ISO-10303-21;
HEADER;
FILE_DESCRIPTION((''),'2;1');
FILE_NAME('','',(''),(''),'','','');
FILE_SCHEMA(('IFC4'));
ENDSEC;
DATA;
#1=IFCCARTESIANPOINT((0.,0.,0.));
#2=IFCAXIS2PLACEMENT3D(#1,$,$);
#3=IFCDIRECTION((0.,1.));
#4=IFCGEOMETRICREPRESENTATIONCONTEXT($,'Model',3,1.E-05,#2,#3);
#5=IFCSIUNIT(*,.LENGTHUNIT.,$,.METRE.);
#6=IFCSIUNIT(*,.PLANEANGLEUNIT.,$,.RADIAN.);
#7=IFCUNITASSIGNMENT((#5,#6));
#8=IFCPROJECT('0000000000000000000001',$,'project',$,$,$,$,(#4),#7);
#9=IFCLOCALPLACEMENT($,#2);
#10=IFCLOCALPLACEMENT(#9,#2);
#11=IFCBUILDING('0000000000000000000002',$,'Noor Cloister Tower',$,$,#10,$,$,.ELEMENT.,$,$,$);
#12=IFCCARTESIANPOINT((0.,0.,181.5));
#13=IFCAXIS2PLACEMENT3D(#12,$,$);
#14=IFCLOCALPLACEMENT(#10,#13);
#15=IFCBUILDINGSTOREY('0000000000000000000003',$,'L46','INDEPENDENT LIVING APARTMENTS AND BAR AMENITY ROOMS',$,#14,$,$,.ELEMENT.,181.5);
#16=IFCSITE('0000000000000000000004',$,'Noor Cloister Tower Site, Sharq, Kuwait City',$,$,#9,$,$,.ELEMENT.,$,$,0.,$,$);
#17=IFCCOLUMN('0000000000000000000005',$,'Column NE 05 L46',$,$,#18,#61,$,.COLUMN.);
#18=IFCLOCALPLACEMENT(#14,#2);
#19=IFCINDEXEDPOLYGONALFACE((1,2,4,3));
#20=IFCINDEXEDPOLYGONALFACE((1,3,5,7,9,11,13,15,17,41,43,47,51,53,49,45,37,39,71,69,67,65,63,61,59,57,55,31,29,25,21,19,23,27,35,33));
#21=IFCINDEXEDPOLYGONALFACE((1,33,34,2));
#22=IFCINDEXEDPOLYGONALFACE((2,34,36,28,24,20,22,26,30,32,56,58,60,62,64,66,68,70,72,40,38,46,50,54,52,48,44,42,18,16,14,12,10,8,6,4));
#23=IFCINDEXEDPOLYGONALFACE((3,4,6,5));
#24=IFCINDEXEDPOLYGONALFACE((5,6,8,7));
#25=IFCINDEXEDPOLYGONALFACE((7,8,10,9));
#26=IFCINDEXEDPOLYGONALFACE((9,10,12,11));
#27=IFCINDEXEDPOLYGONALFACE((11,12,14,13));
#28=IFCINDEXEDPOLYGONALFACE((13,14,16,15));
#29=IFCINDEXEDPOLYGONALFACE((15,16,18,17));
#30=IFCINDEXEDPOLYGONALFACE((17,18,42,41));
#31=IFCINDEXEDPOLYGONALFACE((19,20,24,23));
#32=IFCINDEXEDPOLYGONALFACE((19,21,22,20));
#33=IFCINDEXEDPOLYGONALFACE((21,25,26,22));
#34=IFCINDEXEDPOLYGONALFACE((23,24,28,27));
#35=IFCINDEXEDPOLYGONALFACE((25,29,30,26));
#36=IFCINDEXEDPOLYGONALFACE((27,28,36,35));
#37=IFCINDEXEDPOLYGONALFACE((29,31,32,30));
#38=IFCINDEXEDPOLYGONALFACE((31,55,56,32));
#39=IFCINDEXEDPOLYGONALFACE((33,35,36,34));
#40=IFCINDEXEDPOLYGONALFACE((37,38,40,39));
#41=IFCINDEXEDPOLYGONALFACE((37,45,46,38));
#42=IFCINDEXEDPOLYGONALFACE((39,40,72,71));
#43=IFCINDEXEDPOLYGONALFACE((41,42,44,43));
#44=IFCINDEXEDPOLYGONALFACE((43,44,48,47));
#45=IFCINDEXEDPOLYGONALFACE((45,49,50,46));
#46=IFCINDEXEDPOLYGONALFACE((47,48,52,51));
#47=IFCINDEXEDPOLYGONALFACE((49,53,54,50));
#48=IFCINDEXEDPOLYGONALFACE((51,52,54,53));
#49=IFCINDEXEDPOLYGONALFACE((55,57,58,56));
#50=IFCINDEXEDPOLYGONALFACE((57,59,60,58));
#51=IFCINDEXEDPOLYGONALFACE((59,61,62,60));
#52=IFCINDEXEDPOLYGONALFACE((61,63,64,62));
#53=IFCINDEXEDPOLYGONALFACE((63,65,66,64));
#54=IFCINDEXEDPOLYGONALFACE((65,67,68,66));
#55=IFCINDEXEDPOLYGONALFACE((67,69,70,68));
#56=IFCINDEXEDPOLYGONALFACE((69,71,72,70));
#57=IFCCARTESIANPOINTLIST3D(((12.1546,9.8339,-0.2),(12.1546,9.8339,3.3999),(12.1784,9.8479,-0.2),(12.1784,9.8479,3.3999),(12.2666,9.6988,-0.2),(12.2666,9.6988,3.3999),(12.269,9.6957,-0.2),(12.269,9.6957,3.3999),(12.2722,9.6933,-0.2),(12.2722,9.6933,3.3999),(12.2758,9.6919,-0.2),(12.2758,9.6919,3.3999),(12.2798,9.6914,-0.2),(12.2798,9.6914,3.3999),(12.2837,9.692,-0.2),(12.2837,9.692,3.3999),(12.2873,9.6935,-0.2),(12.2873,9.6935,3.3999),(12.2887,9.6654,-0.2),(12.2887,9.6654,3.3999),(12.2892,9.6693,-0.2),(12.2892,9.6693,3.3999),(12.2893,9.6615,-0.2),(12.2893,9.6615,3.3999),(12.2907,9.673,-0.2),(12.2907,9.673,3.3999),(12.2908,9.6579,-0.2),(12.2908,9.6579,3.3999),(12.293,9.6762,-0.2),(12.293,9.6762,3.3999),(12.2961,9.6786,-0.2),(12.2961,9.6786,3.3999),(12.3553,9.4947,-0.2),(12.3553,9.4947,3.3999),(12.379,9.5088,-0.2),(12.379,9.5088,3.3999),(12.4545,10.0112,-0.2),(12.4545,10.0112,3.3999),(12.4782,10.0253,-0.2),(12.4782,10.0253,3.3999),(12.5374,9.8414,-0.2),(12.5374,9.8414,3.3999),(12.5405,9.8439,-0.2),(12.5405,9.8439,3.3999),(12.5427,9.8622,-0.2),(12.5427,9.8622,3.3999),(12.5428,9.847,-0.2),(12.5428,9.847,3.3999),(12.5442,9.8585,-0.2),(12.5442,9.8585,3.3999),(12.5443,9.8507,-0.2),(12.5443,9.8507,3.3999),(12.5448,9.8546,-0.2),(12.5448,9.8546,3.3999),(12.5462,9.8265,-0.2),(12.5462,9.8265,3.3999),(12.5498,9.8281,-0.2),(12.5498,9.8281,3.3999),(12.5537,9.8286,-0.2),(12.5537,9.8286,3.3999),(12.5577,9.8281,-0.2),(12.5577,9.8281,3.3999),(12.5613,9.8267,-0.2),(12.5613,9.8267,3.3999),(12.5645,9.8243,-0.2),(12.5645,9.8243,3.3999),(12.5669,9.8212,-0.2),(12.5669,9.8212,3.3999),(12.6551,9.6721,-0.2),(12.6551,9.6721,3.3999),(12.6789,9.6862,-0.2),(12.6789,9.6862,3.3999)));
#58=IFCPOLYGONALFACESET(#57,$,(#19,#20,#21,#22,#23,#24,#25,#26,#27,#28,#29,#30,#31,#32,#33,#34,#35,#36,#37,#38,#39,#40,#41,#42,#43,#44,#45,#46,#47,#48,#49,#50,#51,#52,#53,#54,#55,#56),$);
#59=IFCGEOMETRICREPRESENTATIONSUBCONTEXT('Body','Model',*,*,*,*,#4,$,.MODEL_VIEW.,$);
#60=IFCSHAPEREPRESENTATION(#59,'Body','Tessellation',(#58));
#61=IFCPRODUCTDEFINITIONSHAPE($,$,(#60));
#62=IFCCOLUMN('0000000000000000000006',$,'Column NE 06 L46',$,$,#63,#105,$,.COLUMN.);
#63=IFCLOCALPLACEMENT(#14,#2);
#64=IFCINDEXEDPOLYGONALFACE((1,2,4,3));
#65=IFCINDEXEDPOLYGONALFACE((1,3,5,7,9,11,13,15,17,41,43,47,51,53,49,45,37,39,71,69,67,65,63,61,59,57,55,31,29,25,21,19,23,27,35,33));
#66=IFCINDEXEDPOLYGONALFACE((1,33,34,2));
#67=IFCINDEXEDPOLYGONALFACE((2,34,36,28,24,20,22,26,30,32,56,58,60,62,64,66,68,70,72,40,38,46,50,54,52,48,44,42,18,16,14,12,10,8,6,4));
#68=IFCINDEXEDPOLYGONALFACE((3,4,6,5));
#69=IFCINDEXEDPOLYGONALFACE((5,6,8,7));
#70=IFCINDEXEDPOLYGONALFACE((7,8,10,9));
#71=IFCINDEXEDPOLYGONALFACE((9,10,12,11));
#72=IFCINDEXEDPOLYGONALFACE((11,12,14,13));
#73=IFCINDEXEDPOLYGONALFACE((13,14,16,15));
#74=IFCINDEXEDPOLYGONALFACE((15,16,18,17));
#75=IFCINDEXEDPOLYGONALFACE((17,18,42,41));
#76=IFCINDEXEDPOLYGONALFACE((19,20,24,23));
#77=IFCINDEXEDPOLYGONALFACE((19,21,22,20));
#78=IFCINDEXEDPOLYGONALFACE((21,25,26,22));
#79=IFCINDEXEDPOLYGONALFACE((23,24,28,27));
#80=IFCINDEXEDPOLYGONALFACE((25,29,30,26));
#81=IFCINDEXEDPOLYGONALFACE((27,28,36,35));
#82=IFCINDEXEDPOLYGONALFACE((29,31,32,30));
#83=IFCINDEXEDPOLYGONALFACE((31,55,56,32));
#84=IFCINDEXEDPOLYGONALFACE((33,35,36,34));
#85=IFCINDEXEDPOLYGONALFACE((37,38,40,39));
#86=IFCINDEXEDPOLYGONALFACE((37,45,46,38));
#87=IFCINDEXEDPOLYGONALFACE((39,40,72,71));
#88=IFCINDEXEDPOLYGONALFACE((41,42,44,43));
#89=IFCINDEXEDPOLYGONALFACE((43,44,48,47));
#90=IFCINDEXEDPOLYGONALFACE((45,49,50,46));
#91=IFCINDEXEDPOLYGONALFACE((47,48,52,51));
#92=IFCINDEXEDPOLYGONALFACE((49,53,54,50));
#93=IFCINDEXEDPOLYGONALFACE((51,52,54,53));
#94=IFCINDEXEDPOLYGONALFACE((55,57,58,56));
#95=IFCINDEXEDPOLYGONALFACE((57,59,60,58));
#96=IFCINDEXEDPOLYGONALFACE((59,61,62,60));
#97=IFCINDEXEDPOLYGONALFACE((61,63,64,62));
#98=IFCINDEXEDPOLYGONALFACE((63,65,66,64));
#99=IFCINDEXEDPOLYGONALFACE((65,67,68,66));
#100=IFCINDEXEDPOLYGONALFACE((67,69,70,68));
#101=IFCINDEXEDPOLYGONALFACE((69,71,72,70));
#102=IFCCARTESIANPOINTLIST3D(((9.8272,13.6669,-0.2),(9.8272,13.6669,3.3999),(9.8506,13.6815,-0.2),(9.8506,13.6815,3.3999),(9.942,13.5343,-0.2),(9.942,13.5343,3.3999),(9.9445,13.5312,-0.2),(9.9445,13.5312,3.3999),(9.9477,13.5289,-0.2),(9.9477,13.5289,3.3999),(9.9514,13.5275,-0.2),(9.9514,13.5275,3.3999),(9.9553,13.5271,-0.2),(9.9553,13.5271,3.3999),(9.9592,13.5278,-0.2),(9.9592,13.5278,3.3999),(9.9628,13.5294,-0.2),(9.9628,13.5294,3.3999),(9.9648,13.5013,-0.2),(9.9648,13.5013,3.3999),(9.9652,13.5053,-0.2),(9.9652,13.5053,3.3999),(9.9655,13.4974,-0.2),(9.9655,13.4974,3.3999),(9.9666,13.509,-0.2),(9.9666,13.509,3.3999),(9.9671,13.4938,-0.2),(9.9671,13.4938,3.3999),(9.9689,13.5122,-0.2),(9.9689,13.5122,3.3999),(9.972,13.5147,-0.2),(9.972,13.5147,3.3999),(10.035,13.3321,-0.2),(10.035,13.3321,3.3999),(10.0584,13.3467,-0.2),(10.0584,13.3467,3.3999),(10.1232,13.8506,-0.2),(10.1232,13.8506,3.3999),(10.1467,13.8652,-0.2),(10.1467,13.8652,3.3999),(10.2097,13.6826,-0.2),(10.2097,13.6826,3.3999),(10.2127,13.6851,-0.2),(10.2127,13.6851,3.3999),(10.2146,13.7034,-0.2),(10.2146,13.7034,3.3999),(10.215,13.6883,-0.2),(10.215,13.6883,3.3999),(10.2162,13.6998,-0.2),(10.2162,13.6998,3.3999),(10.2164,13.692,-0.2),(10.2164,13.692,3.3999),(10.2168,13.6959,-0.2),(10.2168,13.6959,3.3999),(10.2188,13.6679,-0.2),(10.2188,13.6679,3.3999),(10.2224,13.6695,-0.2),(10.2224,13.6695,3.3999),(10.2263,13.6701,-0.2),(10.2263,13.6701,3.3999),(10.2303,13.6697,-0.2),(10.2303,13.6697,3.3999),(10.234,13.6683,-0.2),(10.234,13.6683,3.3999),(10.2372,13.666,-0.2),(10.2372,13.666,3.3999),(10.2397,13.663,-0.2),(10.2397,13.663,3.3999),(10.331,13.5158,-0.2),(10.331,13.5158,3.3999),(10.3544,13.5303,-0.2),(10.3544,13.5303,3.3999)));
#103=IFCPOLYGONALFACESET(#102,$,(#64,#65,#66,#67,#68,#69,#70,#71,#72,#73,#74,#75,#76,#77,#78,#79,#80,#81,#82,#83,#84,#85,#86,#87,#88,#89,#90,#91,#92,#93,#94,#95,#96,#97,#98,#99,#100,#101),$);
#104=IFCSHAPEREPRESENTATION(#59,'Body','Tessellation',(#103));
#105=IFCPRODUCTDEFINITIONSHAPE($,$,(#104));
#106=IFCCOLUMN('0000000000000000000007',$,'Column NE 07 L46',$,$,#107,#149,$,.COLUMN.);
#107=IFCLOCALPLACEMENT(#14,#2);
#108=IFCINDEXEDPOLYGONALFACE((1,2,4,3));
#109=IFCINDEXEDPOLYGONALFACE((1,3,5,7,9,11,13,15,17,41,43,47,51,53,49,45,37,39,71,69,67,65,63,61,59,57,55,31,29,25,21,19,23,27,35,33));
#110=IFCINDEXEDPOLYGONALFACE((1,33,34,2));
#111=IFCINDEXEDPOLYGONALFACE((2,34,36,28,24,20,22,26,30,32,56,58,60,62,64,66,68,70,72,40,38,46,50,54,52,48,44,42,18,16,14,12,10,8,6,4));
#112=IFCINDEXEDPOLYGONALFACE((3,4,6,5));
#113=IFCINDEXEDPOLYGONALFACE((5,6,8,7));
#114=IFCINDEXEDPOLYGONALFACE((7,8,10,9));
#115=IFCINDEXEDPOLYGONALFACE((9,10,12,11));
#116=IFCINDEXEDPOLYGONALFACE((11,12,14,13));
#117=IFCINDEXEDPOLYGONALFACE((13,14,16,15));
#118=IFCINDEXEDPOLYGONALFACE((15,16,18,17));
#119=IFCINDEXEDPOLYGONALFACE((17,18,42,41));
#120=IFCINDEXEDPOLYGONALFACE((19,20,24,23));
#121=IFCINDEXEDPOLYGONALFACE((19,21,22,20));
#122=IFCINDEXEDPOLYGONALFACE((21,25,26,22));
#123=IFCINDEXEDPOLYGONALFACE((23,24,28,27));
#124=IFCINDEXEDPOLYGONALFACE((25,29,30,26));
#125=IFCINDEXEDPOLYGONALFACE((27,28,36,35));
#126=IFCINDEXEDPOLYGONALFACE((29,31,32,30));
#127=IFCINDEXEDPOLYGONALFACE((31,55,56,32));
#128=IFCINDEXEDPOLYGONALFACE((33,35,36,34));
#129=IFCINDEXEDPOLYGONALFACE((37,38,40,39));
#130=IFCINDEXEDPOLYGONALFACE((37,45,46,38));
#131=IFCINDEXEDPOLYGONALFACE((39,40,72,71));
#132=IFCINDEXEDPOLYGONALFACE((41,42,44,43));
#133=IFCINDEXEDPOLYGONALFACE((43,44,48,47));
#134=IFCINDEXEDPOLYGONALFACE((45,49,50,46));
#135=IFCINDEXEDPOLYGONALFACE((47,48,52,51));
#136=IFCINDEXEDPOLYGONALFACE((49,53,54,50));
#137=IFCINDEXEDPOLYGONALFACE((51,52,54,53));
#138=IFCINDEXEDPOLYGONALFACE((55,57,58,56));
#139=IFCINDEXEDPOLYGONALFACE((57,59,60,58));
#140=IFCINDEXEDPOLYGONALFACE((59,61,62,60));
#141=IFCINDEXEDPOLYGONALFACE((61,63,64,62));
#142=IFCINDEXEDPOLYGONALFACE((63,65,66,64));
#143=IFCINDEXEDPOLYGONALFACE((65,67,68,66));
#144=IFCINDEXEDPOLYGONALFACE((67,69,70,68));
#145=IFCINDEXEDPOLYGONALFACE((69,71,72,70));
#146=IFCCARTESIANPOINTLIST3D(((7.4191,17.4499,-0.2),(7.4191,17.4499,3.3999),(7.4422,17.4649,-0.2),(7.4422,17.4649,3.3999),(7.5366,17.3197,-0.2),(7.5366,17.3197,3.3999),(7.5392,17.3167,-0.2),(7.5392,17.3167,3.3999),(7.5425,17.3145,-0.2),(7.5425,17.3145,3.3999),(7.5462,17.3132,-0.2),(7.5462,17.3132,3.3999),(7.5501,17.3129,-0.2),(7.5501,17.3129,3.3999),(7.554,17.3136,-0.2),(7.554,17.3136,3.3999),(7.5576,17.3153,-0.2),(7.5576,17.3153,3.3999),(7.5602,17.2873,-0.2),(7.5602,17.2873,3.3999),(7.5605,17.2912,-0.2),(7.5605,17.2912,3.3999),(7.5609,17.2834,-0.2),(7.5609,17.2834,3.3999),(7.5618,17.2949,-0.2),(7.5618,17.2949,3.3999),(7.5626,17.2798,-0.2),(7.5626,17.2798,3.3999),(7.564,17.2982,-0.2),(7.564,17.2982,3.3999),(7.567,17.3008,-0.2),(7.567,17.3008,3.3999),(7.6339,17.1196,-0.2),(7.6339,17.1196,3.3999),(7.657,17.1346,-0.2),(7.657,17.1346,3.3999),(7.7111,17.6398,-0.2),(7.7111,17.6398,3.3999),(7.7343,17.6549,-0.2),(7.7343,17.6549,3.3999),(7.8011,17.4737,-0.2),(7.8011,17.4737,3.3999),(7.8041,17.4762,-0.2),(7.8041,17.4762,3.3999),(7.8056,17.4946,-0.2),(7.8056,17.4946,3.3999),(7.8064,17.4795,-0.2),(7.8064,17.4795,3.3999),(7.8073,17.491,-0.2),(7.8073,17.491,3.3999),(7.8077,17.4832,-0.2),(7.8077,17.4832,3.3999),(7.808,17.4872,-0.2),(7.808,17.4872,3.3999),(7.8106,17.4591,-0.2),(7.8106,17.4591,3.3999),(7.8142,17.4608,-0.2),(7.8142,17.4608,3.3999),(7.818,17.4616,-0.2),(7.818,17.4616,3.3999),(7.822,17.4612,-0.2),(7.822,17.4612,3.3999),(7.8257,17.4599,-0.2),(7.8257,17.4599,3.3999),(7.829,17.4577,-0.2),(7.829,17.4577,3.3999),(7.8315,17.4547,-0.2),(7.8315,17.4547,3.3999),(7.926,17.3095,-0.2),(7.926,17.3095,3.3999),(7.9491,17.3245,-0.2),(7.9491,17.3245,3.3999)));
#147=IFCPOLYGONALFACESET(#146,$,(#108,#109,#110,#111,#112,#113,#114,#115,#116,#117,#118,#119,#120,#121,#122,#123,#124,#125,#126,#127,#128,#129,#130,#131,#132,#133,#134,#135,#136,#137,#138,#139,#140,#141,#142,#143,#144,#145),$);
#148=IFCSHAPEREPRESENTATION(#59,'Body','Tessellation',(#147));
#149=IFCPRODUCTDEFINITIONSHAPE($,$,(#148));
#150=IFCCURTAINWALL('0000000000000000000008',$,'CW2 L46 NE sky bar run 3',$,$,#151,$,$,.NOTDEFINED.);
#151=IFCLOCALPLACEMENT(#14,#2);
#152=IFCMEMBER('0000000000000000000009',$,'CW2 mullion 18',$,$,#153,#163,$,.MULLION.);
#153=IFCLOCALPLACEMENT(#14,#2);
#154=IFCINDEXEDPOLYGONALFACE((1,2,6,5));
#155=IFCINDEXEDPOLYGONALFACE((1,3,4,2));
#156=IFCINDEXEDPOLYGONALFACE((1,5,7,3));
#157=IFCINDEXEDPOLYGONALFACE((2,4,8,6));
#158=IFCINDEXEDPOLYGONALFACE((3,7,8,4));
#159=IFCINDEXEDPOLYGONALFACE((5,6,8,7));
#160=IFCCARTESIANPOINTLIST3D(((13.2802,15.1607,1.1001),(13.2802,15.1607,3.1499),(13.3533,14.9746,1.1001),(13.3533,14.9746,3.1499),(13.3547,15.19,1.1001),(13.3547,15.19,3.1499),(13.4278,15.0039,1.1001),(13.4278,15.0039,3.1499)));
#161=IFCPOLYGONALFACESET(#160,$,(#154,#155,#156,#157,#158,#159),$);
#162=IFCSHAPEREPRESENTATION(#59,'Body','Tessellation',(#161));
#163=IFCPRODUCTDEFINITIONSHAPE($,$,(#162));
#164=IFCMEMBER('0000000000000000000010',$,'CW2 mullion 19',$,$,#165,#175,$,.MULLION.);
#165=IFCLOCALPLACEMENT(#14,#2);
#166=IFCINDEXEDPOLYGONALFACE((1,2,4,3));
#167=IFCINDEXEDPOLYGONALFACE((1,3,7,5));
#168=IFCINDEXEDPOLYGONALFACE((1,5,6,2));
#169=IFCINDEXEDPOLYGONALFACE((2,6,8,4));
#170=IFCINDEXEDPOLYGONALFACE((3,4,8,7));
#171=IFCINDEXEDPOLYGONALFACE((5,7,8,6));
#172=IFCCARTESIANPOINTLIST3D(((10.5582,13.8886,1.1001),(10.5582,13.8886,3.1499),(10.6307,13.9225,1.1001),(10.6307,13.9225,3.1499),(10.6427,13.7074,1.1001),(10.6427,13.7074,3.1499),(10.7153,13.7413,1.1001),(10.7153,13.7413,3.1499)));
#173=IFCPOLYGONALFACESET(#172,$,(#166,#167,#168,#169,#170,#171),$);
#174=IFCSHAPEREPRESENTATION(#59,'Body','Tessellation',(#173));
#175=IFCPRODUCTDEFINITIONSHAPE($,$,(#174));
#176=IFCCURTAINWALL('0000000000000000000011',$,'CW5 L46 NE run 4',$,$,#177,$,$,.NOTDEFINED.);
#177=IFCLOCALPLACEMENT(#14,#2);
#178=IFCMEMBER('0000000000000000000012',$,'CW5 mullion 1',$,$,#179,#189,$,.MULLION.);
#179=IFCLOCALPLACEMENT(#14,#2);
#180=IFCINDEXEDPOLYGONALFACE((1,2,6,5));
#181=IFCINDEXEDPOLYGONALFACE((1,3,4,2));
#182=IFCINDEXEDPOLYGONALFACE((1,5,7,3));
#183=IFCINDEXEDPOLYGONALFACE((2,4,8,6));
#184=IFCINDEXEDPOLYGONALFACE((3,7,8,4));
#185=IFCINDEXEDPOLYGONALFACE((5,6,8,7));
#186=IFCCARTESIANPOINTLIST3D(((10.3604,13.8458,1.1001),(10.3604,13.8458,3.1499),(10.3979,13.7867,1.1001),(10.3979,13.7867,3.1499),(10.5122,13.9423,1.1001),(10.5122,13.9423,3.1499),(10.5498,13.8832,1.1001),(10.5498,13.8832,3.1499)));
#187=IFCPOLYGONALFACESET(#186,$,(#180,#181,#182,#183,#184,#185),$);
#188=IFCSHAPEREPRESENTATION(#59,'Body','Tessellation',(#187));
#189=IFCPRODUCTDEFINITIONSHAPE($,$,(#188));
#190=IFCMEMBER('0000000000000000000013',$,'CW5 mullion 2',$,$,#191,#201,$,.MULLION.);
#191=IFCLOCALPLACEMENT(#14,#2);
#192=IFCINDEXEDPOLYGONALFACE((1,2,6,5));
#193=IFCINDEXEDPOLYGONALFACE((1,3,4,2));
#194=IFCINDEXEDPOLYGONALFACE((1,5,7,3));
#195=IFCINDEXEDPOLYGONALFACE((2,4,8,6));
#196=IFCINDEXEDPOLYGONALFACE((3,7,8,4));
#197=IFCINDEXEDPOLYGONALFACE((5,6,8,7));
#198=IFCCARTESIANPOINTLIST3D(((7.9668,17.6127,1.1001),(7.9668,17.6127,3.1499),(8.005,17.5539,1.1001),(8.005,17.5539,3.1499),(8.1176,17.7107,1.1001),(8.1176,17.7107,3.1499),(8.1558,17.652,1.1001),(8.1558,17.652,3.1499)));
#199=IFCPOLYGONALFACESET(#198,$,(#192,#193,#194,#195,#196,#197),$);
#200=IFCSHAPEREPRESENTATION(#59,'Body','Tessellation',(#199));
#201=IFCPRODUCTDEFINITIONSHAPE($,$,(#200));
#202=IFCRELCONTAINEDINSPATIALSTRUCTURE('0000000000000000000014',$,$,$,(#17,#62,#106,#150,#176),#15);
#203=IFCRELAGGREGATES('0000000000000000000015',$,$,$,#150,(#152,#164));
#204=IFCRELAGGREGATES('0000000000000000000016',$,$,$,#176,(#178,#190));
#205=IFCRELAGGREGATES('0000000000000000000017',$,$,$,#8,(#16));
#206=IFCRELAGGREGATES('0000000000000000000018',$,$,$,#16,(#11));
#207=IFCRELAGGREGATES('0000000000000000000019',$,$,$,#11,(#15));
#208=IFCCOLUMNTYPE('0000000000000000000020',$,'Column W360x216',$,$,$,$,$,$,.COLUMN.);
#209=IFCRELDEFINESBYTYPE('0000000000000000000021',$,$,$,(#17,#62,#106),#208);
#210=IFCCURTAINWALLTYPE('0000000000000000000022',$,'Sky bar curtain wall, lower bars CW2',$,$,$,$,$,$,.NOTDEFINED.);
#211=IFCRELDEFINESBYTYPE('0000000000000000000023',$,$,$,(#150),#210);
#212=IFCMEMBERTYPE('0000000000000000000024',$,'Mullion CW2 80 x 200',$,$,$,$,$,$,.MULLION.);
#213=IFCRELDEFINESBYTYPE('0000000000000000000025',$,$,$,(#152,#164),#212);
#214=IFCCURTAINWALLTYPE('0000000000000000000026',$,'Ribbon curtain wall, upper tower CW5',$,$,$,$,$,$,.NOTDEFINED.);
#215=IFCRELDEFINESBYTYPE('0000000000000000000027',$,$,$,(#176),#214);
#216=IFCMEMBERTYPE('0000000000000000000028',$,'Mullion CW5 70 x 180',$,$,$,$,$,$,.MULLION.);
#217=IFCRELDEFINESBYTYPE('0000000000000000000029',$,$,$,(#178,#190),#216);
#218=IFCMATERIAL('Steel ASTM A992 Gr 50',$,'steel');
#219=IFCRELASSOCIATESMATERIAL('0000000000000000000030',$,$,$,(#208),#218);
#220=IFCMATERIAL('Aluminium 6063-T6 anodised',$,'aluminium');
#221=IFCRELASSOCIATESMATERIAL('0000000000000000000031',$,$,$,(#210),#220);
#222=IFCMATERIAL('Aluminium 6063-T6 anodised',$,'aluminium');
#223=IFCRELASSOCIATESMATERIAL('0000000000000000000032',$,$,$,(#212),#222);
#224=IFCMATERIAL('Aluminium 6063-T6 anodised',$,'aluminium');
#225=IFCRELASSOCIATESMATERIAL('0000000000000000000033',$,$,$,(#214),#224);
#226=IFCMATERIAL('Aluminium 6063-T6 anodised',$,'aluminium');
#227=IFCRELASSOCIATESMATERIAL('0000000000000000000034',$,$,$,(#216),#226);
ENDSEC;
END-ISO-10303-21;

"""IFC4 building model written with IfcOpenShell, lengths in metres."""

from ifc_helpers import new_model, si_unit, direction, frame, origin, origin_2d, place, context, subcontext, project, spatial, rectangle, i_section, extrude, material, material_profile, profile_set, type_object, element, aggregate, save


model = new_model("IFC4")

# Units and contexts
model_context = context("Model", 3, precision=1e-05, world=origin(), true_north=direction((0.0, 1.0)))
body_context = subcontext(model_context, "Body", "Model", "MODEL_VIEW")
ifc_project = project(units=[si_unit("LENGTHUNIT", "METRE"), si_unit("PLANEANGLEUNIT", "RADIAN")], contexts=[model_context])

# Site, building, storey
site_placement = place(None, origin())
site = spatial("IfcSite", under=ifc_project, at=site_placement, Name="Noor Cloister Tower Site, Sharq, Kuwait City", CompositionType="ELEMENT", RefElevation=0.0)
building_placement = place(site_placement, origin())
building = spatial("IfcBuilding", under=site, at=building_placement, Name="Noor Cloister Tower", CompositionType="ELEMENT")
storey_placement = place(building_placement, frame((0.0, 0.0, 181.5)))
storey = spatial("IfcBuildingStorey", under=building, at=storey_placement, Name="L46", Description="INDEPENDENT LIVING APARTMENTS AND BAR AMENITY ROOMS", CompositionType="ELEMENT", Elevation=181.5)

# Columns
ifc_material_1 = material(Name="Steel ASTM A992 Gr 50", Category="steel")
ifc_material_profile_1 = material_profile(ifc_material_1, i_section(OverallWidth=0.394, OverallDepth=0.376, WebThickness=0.0173, FlangeThickness=0.0276, FilletRadius=0.0151, at=origin_2d()), Name="W360x216")
ifc_profile_set_1 = profile_set([ifc_material_profile_1], Name="Steel ASTM A992 Gr 50")
column_type = type_object("IfcColumnType", Name="Column W360x216", PredefinedType="COLUMN", material=ifc_profile_set_1)
for number, where, z_axis, x_axis, name in (
    (1, (12.4167, 9.76, -0.2), (0.0, 0.0, 1.0), (-0.509144, 0.860682, 0.0), "Column NE 05 L46"),
    (2, (10.0908, 13.5986, -0.2), (0.0, 0.0, 1.0), (-0.527259, 0.849705, 0.0), "Column NE 06 L46"),
    (3, (7.6841, 17.3872, -0.2), (0.0, 0.0, 1.0), (-0.545137, 0.838347, 0.0), "Column NE 07 L46"),
):
    element("IfcColumn", number, at=place(storey_placement, frame(where, z_axis=z_axis, x_axis=x_axis)), inside=storey, type_object=column_type, Name=name, PredefinedType="COLUMN", context=body_context, shape_type="SweptSolid", body=[
        extrude(i_section(OverallWidth=0.394, OverallDepth=0.376, WebThickness=0.0173, FlangeThickness=0.0276, FilletRadius=0.0151, at=origin_2d()), origin(), (0.0, 0.0, 1.0), 3.5999),
    ])

# Curtain walls, members
ifc_material_2 = material(Name="Aluminium 6063-T6 anodised", Category="aluminium")
curtain_wall_type_1 = type_object("IfcCurtainWallType", Name="Sky bar curtain wall, lower bars CW2", PredefinedType="NOTDEFINED", material=ifc_material_2)
curtain_wall_1_placement = place(storey_placement, origin())
curtain_wall_1 = element("IfcCurtainWall", 4, at=curtain_wall_1_placement, inside=storey, type_object=curtain_wall_type_1, Name="CW2 L46 NE sky bar run 3", PredefinedType="NOTDEFINED")
ifc_material_3 = material(Name="Aluminium 6063-T6 anodised", Category="aluminium")
ifc_material_profile_2 = material_profile(ifc_material_3, rectangle(XDim=0.2, YDim=0.0801, at=origin_2d()), Name="200 x 80 mullion")
ifc_profile_set_2 = profile_set([ifc_material_profile_2], Name="Aluminium 6063-T6 anodised")
member_type_1 = type_object("IfcMemberType", Name="Mullion CW2 80 x 200", PredefinedType="MULLION", material=ifc_profile_set_2)
member_1_placement = place(storey_placement, frame((13.354, 15.0823, 1.1001), z_axis=(0.0, 0.0, 1.0), x_axis=(0.365533, -0.930798, 0.0)))
member_1 = element("IfcMember", 5, at=member_1_placement, type_object=member_type_1, Name="CW2 mullion 18", PredefinedType="MULLION", context=body_context, shape_type="SweptSolid", body=[
    extrude(rectangle(XDim=0.2, YDim=0.0801, at=origin_2d()), origin(), (0.0, 0.0, 1.0), 2.0498),
])
member_2_placement = place(storey_placement, frame((10.6367, 13.8149, 1.1001), z_axis=(0.0, 0.0, 1.0), x_axis=(0.42267, -0.906284, 0.0)))
member_2 = element("IfcMember", 6, at=member_2_placement, type_object=member_type_1, Name="CW2 mullion 19", PredefinedType="MULLION", context=body_context, shape_type="SweptSolid", body=[
    extrude(rectangle(XDim=0.2, YDim=0.0801, at=origin_2d()), origin(), (0.0, 0.0, 1.0), 2.0498),
])
ifc_material_4 = material(Name="Aluminium 6063-T6 anodised", Category="aluminium")
curtain_wall_type_2 = type_object("IfcCurtainWallType", Name="Ribbon curtain wall, upper tower CW5", PredefinedType="NOTDEFINED", material=ifc_material_4)
curtain_wall_2_placement = place(storey_placement, origin())
curtain_wall_2 = element("IfcCurtainWall", 7, at=curtain_wall_2_placement, inside=storey, type_object=curtain_wall_type_2, Name="CW5 L46 NE run 4", PredefinedType="NOTDEFINED")
ifc_material_5 = material(Name="Aluminium 6063-T6 anodised", Category="aluminium")
ifc_material_profile_3 = material_profile(ifc_material_5, rectangle(XDim=0.1799, YDim=0.0701, at=origin_2d()), Name="180 x 70 mullion")
ifc_profile_set_3 = profile_set([ifc_material_profile_3], Name="Aluminium 6063-T6 anodised")
member_type_2 = type_object("IfcMemberType", Name="Mullion CW5 70 x 180", PredefinedType="MULLION", material=ifc_profile_set_3)
member_3_placement = place(storey_placement, frame((10.4551, 13.8645, 1.1001), z_axis=(0.0, 0.0, 1.0), x_axis=(-0.844073, -0.536228, 0.0)))
member_3 = element("IfcMember", 8, at=member_3_placement, type_object=member_type_2, Name="CW5 mullion 1", PredefinedType="MULLION", context=body_context, shape_type="SweptSolid", body=[
    extrude(rectangle(XDim=0.1799, YDim=0.0701, at=origin_2d()), origin(), (0.0, 0.0, 1.0), 2.0498),
])
member_4_placement = place(storey_placement, frame((8.0613, 17.6323, 1.1001), z_axis=(0.0, 0.0, 1.0), x_axis=(-0.838347, -0.545137, 0.0)))
member_4 = element("IfcMember", 9, at=member_4_placement, type_object=member_type_2, Name="CW5 mullion 2", PredefinedType="MULLION", context=body_context, shape_type="SweptSolid", body=[
    extrude(rectangle(XDim=0.1799, YDim=0.0701, at=origin_2d()), origin(), (0.0, 0.0, 1.0), 2.0498),
])

aggregate(curtain_wall_1, [member_1, member_2])
aggregate(curtain_wall_2, [member_3, member_4])

save(model, "model.ifc")
